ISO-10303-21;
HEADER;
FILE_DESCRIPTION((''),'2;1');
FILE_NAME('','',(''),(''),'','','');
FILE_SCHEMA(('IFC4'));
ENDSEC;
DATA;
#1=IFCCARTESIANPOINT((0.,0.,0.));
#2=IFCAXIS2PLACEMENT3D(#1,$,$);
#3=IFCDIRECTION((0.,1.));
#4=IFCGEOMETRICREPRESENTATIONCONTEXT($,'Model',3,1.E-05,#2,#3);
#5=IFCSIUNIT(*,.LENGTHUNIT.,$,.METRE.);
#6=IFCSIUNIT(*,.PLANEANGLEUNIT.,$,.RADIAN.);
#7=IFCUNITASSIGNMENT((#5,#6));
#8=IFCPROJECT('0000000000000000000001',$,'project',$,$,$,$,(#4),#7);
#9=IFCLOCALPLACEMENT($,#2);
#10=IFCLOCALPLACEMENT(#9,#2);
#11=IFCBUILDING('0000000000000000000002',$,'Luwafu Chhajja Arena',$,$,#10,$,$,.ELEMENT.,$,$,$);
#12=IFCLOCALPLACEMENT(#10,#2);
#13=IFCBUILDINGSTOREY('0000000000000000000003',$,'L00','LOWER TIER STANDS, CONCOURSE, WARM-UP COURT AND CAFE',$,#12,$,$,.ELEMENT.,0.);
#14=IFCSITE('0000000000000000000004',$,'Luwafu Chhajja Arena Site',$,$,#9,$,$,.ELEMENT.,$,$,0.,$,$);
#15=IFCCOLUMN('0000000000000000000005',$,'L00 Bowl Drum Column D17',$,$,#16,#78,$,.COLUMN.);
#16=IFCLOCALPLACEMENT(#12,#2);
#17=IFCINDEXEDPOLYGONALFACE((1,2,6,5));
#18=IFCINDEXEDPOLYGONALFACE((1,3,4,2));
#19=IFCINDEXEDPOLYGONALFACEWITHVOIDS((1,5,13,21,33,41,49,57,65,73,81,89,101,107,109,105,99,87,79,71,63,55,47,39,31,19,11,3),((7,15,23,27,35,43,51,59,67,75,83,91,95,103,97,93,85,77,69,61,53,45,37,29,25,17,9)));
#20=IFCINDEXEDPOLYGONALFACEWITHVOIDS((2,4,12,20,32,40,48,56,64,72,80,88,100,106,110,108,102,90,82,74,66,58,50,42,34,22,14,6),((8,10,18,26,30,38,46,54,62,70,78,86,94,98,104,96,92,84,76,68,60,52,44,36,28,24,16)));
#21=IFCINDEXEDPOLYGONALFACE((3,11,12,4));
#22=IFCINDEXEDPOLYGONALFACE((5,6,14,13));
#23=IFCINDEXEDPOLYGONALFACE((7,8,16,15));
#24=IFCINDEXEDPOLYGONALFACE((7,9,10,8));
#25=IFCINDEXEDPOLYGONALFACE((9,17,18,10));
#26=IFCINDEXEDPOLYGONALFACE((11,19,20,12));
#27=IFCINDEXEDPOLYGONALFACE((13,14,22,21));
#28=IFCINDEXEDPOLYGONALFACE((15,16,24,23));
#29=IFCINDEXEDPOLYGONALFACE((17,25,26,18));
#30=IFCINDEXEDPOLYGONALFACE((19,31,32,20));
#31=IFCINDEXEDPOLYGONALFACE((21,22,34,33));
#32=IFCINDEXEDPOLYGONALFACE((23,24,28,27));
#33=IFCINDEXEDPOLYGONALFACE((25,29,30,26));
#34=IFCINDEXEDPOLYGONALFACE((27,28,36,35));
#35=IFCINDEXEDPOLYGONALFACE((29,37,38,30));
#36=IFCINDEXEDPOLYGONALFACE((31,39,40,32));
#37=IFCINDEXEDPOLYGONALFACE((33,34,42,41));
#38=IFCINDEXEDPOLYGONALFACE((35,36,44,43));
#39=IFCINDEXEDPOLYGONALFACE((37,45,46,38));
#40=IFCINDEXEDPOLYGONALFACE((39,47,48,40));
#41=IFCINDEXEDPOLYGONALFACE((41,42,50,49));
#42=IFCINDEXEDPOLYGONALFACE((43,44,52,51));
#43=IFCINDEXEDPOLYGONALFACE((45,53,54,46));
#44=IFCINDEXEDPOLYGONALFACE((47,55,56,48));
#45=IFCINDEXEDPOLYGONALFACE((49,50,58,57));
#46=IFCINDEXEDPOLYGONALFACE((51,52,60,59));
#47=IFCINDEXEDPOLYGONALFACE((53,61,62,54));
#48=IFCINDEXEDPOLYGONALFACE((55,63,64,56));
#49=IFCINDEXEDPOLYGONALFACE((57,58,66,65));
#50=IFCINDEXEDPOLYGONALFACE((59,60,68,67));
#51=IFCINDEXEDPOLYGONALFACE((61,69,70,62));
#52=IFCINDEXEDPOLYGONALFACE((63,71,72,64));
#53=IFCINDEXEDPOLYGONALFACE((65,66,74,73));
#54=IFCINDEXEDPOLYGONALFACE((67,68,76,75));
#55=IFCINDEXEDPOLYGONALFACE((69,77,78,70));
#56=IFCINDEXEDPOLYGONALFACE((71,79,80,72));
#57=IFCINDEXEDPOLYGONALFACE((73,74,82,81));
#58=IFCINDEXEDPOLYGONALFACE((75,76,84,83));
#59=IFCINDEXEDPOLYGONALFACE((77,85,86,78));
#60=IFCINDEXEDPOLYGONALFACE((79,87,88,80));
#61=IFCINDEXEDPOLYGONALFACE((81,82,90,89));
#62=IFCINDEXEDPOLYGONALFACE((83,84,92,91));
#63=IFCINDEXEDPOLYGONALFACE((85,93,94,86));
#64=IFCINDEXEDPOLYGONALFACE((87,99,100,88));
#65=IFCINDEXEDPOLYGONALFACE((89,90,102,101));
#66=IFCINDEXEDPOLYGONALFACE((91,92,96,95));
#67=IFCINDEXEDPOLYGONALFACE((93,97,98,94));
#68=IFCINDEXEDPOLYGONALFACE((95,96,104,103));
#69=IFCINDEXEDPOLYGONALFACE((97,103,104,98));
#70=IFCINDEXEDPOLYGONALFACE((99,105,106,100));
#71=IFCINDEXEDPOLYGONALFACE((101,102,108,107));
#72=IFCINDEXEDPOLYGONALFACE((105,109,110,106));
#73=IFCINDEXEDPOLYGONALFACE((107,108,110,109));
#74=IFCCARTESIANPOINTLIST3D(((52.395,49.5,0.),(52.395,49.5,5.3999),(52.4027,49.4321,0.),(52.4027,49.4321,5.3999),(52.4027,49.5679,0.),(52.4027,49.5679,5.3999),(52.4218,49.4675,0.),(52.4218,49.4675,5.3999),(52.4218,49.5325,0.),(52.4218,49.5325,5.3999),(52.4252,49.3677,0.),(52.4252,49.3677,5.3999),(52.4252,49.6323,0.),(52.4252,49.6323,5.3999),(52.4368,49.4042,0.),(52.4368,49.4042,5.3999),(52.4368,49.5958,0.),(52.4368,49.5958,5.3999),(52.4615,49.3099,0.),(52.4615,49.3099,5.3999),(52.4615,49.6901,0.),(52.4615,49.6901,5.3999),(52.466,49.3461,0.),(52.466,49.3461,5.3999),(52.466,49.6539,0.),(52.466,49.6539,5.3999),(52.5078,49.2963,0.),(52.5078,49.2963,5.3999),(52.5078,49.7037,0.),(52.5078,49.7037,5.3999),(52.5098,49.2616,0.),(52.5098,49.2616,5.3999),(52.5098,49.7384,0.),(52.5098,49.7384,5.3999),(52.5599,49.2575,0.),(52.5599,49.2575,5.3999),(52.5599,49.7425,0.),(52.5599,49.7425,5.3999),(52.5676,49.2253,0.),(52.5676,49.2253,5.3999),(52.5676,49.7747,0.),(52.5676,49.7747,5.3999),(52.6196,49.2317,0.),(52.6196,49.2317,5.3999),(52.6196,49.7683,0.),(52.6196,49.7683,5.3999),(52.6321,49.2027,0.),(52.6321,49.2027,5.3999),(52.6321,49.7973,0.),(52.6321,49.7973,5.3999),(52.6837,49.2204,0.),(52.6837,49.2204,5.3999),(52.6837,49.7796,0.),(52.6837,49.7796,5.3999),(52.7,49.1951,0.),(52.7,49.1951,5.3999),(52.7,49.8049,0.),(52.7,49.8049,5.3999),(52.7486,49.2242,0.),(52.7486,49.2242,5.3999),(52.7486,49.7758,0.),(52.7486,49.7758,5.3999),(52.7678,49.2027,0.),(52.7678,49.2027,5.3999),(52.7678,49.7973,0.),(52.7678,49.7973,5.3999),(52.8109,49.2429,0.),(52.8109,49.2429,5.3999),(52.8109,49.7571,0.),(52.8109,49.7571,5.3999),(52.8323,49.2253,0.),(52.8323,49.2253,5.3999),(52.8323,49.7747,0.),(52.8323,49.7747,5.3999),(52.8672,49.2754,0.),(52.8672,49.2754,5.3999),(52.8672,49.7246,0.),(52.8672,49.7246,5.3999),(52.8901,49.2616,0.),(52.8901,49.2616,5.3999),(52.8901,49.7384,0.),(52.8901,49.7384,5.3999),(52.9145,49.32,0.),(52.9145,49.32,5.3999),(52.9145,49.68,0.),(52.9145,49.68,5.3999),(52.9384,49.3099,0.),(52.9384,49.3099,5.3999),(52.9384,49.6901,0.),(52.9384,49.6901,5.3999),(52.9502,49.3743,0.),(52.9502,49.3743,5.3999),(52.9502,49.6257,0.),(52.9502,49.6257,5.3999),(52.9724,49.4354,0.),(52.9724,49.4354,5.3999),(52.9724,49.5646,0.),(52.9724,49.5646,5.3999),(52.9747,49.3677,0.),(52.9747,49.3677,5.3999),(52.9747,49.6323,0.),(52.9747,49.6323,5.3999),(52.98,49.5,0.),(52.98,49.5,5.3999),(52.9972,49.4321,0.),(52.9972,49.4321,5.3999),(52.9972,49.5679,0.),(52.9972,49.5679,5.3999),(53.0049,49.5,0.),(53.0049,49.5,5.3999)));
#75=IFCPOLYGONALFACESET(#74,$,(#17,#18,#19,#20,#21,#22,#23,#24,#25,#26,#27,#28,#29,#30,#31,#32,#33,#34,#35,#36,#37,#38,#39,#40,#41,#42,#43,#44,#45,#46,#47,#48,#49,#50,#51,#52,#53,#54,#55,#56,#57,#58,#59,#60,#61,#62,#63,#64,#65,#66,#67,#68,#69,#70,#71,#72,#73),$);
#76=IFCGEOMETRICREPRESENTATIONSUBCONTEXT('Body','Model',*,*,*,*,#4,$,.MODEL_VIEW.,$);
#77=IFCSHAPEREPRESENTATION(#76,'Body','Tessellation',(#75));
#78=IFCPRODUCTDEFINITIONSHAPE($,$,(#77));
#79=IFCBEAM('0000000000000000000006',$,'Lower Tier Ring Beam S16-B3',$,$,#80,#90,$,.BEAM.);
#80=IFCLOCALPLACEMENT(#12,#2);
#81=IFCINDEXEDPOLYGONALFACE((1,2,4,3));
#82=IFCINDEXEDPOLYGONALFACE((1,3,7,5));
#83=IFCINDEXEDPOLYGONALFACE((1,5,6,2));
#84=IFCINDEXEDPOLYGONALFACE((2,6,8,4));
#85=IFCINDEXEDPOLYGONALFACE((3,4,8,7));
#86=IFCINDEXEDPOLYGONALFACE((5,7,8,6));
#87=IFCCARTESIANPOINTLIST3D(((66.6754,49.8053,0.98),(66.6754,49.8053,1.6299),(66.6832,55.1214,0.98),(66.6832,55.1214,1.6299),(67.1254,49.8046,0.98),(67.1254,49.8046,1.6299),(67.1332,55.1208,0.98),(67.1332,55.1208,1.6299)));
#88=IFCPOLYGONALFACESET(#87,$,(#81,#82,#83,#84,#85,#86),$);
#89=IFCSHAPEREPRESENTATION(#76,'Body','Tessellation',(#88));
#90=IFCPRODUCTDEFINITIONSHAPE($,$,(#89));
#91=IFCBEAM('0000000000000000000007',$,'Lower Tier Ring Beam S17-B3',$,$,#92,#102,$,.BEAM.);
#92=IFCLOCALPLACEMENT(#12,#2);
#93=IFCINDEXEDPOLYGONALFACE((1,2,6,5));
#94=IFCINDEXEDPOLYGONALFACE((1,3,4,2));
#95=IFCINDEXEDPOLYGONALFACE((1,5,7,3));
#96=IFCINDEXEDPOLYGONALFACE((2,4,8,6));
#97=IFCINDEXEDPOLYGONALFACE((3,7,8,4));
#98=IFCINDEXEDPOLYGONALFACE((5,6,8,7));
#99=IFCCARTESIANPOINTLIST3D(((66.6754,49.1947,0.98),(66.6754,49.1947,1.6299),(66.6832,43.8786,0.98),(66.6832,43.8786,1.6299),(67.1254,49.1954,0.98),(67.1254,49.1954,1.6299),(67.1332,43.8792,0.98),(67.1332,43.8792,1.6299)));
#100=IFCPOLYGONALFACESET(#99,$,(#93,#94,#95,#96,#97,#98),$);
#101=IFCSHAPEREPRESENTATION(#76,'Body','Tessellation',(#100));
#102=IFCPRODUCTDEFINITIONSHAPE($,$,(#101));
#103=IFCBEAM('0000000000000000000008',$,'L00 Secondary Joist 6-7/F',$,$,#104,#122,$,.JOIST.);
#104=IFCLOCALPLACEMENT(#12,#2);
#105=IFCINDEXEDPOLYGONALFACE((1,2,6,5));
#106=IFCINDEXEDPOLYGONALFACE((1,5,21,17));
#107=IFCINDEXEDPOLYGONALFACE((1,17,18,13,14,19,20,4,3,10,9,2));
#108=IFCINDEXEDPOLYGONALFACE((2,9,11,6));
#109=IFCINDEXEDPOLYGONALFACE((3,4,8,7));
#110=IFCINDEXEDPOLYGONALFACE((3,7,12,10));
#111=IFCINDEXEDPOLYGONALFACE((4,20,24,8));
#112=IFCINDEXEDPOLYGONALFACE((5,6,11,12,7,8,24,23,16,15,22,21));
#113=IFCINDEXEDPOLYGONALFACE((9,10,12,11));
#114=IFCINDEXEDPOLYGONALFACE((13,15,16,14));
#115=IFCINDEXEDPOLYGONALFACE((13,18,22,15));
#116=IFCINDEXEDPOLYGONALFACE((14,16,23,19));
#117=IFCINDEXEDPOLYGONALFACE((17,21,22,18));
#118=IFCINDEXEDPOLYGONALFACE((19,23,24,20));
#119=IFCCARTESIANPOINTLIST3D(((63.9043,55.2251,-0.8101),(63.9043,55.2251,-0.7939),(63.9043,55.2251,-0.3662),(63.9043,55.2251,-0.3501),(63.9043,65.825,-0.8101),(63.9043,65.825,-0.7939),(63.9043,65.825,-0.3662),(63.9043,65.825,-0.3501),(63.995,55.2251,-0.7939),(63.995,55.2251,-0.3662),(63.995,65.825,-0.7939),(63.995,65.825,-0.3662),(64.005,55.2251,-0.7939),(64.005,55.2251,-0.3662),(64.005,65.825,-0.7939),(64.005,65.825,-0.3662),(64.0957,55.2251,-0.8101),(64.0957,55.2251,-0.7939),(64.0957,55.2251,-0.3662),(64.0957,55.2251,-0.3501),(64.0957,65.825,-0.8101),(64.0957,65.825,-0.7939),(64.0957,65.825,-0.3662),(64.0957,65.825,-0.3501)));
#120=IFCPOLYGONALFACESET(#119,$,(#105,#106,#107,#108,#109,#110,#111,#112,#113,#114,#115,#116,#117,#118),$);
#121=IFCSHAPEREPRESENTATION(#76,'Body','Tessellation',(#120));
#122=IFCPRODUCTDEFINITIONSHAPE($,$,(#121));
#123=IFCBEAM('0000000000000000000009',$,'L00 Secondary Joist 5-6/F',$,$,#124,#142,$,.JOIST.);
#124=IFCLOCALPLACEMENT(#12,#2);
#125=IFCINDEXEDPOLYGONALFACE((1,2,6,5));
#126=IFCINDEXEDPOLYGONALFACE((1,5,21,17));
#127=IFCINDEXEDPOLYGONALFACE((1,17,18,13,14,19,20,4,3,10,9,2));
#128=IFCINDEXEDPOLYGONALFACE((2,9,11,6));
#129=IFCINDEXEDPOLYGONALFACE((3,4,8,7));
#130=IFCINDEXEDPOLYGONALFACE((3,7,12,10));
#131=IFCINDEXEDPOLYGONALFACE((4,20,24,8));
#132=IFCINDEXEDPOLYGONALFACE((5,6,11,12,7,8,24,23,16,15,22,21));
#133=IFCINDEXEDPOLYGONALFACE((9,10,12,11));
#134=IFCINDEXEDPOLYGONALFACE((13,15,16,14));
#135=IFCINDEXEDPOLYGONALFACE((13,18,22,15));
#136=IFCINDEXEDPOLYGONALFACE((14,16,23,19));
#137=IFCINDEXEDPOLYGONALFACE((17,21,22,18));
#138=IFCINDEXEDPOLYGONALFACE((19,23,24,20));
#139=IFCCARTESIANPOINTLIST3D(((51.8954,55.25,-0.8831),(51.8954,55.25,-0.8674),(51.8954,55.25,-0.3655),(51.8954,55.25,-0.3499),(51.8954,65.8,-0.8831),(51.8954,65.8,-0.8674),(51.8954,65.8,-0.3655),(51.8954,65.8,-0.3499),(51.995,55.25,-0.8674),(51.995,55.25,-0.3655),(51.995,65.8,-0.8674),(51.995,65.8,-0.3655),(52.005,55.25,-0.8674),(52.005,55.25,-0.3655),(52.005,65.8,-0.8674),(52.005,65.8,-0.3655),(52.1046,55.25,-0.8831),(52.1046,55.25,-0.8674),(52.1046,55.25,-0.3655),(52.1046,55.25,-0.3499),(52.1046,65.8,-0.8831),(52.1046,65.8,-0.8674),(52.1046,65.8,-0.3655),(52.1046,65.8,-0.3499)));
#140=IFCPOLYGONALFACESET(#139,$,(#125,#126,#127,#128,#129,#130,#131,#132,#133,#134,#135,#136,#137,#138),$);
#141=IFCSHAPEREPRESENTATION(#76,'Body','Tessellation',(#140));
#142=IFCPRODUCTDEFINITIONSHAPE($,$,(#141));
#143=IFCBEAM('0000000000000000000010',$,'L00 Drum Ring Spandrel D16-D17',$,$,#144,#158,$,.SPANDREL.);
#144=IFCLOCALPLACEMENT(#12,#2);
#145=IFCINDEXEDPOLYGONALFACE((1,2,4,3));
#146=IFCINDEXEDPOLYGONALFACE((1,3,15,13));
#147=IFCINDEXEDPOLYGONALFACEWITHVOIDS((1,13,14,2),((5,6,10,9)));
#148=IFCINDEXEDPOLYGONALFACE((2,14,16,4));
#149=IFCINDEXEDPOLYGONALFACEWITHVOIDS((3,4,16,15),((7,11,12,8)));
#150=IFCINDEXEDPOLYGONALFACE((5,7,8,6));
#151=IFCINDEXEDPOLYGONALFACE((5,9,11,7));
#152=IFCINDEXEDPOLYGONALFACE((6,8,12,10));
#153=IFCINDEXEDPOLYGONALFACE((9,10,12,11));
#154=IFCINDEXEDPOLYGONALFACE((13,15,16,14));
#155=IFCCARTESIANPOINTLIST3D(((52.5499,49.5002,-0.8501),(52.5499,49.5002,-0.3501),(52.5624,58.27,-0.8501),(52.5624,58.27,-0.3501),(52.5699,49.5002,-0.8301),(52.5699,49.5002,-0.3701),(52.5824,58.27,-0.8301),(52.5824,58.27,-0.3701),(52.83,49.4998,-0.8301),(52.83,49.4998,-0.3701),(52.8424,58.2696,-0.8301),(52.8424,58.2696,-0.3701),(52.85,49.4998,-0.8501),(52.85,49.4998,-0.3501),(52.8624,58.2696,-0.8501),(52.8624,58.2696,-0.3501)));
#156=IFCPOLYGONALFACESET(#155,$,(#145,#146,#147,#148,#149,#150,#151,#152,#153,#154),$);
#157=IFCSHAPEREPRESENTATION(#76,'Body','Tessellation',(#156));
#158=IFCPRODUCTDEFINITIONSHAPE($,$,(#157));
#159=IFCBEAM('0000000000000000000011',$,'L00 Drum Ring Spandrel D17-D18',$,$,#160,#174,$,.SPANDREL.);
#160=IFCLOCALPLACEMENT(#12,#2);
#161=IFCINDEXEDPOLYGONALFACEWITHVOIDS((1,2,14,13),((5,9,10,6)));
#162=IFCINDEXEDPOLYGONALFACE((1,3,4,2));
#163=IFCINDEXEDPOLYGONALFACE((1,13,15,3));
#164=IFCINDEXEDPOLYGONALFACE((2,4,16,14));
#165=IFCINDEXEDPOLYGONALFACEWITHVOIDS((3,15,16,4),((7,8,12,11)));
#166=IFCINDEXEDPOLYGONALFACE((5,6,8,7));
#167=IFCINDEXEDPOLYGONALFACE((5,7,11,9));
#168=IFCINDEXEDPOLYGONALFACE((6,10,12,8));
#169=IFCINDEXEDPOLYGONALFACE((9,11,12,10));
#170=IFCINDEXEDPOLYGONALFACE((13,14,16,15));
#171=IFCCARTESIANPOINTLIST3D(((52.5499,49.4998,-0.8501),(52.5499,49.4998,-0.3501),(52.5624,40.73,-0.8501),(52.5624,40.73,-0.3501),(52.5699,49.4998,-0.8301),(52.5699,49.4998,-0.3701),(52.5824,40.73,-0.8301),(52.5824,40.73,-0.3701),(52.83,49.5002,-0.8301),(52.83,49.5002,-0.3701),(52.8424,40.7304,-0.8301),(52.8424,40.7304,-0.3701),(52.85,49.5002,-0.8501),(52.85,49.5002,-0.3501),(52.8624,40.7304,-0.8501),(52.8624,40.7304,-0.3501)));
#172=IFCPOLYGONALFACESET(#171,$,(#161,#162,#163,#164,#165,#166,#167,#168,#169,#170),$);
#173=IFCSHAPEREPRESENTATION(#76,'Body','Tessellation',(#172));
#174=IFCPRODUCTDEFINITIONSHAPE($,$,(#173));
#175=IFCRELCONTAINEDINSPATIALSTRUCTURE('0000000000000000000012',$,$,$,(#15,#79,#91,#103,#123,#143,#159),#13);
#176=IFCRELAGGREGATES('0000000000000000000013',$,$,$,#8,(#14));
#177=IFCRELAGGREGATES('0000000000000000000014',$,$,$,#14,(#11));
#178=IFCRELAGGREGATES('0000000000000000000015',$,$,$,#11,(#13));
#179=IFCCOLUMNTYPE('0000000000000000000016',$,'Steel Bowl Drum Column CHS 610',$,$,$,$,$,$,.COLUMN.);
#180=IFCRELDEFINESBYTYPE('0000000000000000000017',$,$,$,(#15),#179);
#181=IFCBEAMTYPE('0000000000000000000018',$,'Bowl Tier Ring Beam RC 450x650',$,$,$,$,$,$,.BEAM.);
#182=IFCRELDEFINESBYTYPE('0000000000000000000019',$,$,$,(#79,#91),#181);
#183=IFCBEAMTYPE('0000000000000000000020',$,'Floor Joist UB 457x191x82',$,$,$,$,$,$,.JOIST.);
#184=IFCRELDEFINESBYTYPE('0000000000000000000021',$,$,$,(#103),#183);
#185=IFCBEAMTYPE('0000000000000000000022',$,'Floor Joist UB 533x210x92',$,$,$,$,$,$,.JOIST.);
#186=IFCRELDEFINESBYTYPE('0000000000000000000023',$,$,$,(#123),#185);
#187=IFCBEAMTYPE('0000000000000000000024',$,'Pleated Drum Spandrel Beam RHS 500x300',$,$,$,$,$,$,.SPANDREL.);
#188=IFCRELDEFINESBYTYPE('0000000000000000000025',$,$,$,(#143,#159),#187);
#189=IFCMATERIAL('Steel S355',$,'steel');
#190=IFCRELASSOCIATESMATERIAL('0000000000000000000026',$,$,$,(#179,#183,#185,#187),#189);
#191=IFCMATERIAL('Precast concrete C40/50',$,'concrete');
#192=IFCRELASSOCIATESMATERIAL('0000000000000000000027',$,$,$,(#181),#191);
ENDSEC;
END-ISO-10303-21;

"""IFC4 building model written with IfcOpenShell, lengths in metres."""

from ifc_helpers import new_model, si_unit, direction, frame, origin, origin_2d, place, context, subcontext, project, spatial, rectangle, hollow_rectangle, hollow_circle, i_section, extrude, material, material_profile, profile_set, type_object, element, save


model = new_model("IFC4")

# Units and contexts
model_context = context("Model", 3, precision=1e-05, world=origin(), true_north=direction((0.0, 1.0)))
body_context = subcontext(model_context, "Body", "Model", "MODEL_VIEW")
ifc_project = project(units=[si_unit("LENGTHUNIT", "METRE"), si_unit("PLANEANGLEUNIT", "RADIAN")], contexts=[model_context])

# Site, building, storey
site_placement = place(None, origin())
site = spatial("IfcSite", under=ifc_project, at=site_placement, Name="Luwafu Chhajja Arena Site", CompositionType="ELEMENT", RefElevation=0.0)
building_placement = place(site_placement, origin())
building = spatial("IfcBuilding", under=site, at=building_placement, Name="Luwafu Chhajja Arena", CompositionType="ELEMENT")
storey_placement = place(building_placement, origin())
storey = spatial("IfcBuildingStorey", under=building, at=storey_placement, Name="L00", Description="LOWER TIER STANDS, CONCOURSE, WARM-UP COURT AND CAFE", CompositionType="ELEMENT", Elevation=0.0)

# Column
ifc_material_1 = material(Name="Steel S355", Category="steel")
ifc_material_profile_1 = material_profile(ifc_material_1, hollow_circle(Radius=0.3049, WallThickness=0.0249, at=origin_2d()), Name="CHS 610x25")
ifc_profile_set_1 = profile_set([ifc_material_profile_1], Name="Steel S355")
column_type_1 = type_object("IfcColumnType", Name="Steel Bowl Drum Column CHS 610", PredefinedType="COLUMN", material=ifc_profile_set_1)
for number, where, z_axis, x_axis, name in (
    (1, (52.7, 49.5, 0.0), (0.0, 0.0, 1.0), (1.0, 0.0, 0.0), "L00 Bowl Drum Column D17"),
):
    element("IfcColumn", number, at=place(storey_placement, frame(where, z_axis=z_axis, x_axis=x_axis)), inside=storey, type_object=column_type_1, Name=name, PredefinedType="COLUMN", context=body_context, shape_type="SweptSolid", body=[
        extrude(hollow_circle(Radius=0.3049, WallThickness=0.0249, at=origin_2d()), origin(), (0.0, 0.0, 1.0), 5.3999),
    ])

# Beams
ifc_material_2 = material(Name="Precast concrete C40/50", Category="concrete")
ifc_material_profile_2 = material_profile(ifc_material_2, rectangle(XDim=0.45, YDim=0.6499, at=origin_2d()), Name="RC 450x650")
ifc_profile_set_2 = profile_set([ifc_material_profile_2], Name="Precast concrete C40/50")
beam_type_1 = type_object("IfcBeamType", Name="Bowl Tier Ring Beam RC 450x650", PredefinedType="BEAM", material=ifc_profile_set_2)
for number, where, z_axis, x_axis, name in (
    (2, (66.9082, 55.1211, 1.3049), (-0.00147, -0.999999, 0.0), (0.999999, -0.00147, 0.0), "Lower Tier Ring Beam S16-B3"),
    (3, (66.9004, 49.1951, 1.3049), (0.00147, -0.999999, 0.0), (0.999999, 0.00147, 0.0), "Lower Tier Ring Beam S17-B3"),
):
    element("IfcBeam", number, at=place(storey_placement, frame(where, z_axis=z_axis, x_axis=x_axis)), inside=storey, type_object=beam_type_1, Name=name, PredefinedType="BEAM", context=body_context, shape_type="SweptSolid", body=[
        extrude(rectangle(XDim=0.45, YDim=0.6499, at=origin_2d()), origin(), (0.0, 0.0, 1.0), 5.3162),
    ])
ifc_material_profile_3 = material_profile(ifc_material_1, i_section(OverallWidth=0.1914, OverallDepth=0.46, WebThickness=0.01, FlangeThickness=0.0161, at=origin_2d()), Name="UB 457x191x82")
ifc_profile_set_3 = profile_set([ifc_material_profile_3], Name="Steel S355")
beam_type_2 = type_object("IfcBeamType", Name="Floor Joist UB 457x191x82", PredefinedType="JOIST", material=ifc_profile_set_3)
beam_1_placement = place(storey_placement, frame((64.0, 55.2251, -0.5801), z_axis=(0.0, 1.0, 0.0), x_axis=(-1.0, 0.0, 0.0)))
element("IfcBeam", 4, at=beam_1_placement, inside=storey, type_object=beam_type_2, Name="L00 Secondary Joist 6-7/F", PredefinedType="JOIST", context=body_context, shape_type="SweptSolid", body=[
    extrude(i_section(OverallWidth=0.1914, OverallDepth=0.46, WebThickness=0.01, FlangeThickness=0.0161, at=origin_2d()), origin(), (0.0, 0.0, 1.0), 10.5999),
])
ifc_material_profile_4 = material_profile(ifc_material_1, i_section(OverallWidth=0.2092, OverallDepth=0.5332, WebThickness=0.01, FlangeThickness=0.0156, at=origin_2d()), Name="UB 533x210x92")
ifc_profile_set_4 = profile_set([ifc_material_profile_4], Name="Steel S355")
beam_type_3 = type_object("IfcBeamType", Name="Floor Joist UB 533x210x92", PredefinedType="JOIST", material=ifc_profile_set_4)
beam_2_placement = place(storey_placement, frame((52.0, 55.25, -0.6165), z_axis=(0.0, 1.0, 0.0), x_axis=(-1.0, 0.0, 0.0)))
element("IfcBeam", 5, at=beam_2_placement, inside=storey, type_object=beam_type_3, Name="L00 Secondary Joist 5-6/F", PredefinedType="JOIST", context=body_context, shape_type="SweptSolid", body=[
    extrude(i_section(OverallWidth=0.2092, OverallDepth=0.5332, WebThickness=0.01, FlangeThickness=0.0156, at=origin_2d()), origin(), (0.0, 0.0, 1.0), 10.55),
])
ifc_material_profile_5 = material_profile(ifc_material_1, hollow_rectangle(XDim=0.3, YDim=0.5, WallThickness=0.02, at=origin_2d()), Name="RHS 500x300x20")
ifc_profile_set_5 = profile_set([ifc_material_profile_5], Name="Steel S355")
beam_type_4 = type_object("IfcBeamType", Name="Pleated Drum Spandrel Beam RHS 500x300", PredefinedType="SPANDREL", material=ifc_profile_set_5)
for number, where, z_axis, x_axis, name in (
    (6, (52.7124, 58.2698, -0.6001), (-0.00142, -0.999999, 0.0), (0.999999, -0.00142, 0.0), "L00 Drum Ring Spandrel D16-D17"),
    (7, (52.7, 49.5, -0.6001), (0.00142, -0.999999, 0.0), (0.999999, 0.00142, 0.0), "L00 Drum Ring Spandrel D17-D18"),
):
    element("IfcBeam", number, at=place(storey_placement, frame(where, z_axis=z_axis, x_axis=x_axis)), inside=storey, type_object=beam_type_4, Name=name, PredefinedType="SPANDREL", context=body_context, shape_type="SweptSolid", body=[
        extrude(hollow_rectangle(XDim=0.3, YDim=0.5, WallThickness=0.02, at=origin_2d()), origin(), (0.0, 0.0, 1.0), 8.7698),
    ])

save(model, "model.ifc")
